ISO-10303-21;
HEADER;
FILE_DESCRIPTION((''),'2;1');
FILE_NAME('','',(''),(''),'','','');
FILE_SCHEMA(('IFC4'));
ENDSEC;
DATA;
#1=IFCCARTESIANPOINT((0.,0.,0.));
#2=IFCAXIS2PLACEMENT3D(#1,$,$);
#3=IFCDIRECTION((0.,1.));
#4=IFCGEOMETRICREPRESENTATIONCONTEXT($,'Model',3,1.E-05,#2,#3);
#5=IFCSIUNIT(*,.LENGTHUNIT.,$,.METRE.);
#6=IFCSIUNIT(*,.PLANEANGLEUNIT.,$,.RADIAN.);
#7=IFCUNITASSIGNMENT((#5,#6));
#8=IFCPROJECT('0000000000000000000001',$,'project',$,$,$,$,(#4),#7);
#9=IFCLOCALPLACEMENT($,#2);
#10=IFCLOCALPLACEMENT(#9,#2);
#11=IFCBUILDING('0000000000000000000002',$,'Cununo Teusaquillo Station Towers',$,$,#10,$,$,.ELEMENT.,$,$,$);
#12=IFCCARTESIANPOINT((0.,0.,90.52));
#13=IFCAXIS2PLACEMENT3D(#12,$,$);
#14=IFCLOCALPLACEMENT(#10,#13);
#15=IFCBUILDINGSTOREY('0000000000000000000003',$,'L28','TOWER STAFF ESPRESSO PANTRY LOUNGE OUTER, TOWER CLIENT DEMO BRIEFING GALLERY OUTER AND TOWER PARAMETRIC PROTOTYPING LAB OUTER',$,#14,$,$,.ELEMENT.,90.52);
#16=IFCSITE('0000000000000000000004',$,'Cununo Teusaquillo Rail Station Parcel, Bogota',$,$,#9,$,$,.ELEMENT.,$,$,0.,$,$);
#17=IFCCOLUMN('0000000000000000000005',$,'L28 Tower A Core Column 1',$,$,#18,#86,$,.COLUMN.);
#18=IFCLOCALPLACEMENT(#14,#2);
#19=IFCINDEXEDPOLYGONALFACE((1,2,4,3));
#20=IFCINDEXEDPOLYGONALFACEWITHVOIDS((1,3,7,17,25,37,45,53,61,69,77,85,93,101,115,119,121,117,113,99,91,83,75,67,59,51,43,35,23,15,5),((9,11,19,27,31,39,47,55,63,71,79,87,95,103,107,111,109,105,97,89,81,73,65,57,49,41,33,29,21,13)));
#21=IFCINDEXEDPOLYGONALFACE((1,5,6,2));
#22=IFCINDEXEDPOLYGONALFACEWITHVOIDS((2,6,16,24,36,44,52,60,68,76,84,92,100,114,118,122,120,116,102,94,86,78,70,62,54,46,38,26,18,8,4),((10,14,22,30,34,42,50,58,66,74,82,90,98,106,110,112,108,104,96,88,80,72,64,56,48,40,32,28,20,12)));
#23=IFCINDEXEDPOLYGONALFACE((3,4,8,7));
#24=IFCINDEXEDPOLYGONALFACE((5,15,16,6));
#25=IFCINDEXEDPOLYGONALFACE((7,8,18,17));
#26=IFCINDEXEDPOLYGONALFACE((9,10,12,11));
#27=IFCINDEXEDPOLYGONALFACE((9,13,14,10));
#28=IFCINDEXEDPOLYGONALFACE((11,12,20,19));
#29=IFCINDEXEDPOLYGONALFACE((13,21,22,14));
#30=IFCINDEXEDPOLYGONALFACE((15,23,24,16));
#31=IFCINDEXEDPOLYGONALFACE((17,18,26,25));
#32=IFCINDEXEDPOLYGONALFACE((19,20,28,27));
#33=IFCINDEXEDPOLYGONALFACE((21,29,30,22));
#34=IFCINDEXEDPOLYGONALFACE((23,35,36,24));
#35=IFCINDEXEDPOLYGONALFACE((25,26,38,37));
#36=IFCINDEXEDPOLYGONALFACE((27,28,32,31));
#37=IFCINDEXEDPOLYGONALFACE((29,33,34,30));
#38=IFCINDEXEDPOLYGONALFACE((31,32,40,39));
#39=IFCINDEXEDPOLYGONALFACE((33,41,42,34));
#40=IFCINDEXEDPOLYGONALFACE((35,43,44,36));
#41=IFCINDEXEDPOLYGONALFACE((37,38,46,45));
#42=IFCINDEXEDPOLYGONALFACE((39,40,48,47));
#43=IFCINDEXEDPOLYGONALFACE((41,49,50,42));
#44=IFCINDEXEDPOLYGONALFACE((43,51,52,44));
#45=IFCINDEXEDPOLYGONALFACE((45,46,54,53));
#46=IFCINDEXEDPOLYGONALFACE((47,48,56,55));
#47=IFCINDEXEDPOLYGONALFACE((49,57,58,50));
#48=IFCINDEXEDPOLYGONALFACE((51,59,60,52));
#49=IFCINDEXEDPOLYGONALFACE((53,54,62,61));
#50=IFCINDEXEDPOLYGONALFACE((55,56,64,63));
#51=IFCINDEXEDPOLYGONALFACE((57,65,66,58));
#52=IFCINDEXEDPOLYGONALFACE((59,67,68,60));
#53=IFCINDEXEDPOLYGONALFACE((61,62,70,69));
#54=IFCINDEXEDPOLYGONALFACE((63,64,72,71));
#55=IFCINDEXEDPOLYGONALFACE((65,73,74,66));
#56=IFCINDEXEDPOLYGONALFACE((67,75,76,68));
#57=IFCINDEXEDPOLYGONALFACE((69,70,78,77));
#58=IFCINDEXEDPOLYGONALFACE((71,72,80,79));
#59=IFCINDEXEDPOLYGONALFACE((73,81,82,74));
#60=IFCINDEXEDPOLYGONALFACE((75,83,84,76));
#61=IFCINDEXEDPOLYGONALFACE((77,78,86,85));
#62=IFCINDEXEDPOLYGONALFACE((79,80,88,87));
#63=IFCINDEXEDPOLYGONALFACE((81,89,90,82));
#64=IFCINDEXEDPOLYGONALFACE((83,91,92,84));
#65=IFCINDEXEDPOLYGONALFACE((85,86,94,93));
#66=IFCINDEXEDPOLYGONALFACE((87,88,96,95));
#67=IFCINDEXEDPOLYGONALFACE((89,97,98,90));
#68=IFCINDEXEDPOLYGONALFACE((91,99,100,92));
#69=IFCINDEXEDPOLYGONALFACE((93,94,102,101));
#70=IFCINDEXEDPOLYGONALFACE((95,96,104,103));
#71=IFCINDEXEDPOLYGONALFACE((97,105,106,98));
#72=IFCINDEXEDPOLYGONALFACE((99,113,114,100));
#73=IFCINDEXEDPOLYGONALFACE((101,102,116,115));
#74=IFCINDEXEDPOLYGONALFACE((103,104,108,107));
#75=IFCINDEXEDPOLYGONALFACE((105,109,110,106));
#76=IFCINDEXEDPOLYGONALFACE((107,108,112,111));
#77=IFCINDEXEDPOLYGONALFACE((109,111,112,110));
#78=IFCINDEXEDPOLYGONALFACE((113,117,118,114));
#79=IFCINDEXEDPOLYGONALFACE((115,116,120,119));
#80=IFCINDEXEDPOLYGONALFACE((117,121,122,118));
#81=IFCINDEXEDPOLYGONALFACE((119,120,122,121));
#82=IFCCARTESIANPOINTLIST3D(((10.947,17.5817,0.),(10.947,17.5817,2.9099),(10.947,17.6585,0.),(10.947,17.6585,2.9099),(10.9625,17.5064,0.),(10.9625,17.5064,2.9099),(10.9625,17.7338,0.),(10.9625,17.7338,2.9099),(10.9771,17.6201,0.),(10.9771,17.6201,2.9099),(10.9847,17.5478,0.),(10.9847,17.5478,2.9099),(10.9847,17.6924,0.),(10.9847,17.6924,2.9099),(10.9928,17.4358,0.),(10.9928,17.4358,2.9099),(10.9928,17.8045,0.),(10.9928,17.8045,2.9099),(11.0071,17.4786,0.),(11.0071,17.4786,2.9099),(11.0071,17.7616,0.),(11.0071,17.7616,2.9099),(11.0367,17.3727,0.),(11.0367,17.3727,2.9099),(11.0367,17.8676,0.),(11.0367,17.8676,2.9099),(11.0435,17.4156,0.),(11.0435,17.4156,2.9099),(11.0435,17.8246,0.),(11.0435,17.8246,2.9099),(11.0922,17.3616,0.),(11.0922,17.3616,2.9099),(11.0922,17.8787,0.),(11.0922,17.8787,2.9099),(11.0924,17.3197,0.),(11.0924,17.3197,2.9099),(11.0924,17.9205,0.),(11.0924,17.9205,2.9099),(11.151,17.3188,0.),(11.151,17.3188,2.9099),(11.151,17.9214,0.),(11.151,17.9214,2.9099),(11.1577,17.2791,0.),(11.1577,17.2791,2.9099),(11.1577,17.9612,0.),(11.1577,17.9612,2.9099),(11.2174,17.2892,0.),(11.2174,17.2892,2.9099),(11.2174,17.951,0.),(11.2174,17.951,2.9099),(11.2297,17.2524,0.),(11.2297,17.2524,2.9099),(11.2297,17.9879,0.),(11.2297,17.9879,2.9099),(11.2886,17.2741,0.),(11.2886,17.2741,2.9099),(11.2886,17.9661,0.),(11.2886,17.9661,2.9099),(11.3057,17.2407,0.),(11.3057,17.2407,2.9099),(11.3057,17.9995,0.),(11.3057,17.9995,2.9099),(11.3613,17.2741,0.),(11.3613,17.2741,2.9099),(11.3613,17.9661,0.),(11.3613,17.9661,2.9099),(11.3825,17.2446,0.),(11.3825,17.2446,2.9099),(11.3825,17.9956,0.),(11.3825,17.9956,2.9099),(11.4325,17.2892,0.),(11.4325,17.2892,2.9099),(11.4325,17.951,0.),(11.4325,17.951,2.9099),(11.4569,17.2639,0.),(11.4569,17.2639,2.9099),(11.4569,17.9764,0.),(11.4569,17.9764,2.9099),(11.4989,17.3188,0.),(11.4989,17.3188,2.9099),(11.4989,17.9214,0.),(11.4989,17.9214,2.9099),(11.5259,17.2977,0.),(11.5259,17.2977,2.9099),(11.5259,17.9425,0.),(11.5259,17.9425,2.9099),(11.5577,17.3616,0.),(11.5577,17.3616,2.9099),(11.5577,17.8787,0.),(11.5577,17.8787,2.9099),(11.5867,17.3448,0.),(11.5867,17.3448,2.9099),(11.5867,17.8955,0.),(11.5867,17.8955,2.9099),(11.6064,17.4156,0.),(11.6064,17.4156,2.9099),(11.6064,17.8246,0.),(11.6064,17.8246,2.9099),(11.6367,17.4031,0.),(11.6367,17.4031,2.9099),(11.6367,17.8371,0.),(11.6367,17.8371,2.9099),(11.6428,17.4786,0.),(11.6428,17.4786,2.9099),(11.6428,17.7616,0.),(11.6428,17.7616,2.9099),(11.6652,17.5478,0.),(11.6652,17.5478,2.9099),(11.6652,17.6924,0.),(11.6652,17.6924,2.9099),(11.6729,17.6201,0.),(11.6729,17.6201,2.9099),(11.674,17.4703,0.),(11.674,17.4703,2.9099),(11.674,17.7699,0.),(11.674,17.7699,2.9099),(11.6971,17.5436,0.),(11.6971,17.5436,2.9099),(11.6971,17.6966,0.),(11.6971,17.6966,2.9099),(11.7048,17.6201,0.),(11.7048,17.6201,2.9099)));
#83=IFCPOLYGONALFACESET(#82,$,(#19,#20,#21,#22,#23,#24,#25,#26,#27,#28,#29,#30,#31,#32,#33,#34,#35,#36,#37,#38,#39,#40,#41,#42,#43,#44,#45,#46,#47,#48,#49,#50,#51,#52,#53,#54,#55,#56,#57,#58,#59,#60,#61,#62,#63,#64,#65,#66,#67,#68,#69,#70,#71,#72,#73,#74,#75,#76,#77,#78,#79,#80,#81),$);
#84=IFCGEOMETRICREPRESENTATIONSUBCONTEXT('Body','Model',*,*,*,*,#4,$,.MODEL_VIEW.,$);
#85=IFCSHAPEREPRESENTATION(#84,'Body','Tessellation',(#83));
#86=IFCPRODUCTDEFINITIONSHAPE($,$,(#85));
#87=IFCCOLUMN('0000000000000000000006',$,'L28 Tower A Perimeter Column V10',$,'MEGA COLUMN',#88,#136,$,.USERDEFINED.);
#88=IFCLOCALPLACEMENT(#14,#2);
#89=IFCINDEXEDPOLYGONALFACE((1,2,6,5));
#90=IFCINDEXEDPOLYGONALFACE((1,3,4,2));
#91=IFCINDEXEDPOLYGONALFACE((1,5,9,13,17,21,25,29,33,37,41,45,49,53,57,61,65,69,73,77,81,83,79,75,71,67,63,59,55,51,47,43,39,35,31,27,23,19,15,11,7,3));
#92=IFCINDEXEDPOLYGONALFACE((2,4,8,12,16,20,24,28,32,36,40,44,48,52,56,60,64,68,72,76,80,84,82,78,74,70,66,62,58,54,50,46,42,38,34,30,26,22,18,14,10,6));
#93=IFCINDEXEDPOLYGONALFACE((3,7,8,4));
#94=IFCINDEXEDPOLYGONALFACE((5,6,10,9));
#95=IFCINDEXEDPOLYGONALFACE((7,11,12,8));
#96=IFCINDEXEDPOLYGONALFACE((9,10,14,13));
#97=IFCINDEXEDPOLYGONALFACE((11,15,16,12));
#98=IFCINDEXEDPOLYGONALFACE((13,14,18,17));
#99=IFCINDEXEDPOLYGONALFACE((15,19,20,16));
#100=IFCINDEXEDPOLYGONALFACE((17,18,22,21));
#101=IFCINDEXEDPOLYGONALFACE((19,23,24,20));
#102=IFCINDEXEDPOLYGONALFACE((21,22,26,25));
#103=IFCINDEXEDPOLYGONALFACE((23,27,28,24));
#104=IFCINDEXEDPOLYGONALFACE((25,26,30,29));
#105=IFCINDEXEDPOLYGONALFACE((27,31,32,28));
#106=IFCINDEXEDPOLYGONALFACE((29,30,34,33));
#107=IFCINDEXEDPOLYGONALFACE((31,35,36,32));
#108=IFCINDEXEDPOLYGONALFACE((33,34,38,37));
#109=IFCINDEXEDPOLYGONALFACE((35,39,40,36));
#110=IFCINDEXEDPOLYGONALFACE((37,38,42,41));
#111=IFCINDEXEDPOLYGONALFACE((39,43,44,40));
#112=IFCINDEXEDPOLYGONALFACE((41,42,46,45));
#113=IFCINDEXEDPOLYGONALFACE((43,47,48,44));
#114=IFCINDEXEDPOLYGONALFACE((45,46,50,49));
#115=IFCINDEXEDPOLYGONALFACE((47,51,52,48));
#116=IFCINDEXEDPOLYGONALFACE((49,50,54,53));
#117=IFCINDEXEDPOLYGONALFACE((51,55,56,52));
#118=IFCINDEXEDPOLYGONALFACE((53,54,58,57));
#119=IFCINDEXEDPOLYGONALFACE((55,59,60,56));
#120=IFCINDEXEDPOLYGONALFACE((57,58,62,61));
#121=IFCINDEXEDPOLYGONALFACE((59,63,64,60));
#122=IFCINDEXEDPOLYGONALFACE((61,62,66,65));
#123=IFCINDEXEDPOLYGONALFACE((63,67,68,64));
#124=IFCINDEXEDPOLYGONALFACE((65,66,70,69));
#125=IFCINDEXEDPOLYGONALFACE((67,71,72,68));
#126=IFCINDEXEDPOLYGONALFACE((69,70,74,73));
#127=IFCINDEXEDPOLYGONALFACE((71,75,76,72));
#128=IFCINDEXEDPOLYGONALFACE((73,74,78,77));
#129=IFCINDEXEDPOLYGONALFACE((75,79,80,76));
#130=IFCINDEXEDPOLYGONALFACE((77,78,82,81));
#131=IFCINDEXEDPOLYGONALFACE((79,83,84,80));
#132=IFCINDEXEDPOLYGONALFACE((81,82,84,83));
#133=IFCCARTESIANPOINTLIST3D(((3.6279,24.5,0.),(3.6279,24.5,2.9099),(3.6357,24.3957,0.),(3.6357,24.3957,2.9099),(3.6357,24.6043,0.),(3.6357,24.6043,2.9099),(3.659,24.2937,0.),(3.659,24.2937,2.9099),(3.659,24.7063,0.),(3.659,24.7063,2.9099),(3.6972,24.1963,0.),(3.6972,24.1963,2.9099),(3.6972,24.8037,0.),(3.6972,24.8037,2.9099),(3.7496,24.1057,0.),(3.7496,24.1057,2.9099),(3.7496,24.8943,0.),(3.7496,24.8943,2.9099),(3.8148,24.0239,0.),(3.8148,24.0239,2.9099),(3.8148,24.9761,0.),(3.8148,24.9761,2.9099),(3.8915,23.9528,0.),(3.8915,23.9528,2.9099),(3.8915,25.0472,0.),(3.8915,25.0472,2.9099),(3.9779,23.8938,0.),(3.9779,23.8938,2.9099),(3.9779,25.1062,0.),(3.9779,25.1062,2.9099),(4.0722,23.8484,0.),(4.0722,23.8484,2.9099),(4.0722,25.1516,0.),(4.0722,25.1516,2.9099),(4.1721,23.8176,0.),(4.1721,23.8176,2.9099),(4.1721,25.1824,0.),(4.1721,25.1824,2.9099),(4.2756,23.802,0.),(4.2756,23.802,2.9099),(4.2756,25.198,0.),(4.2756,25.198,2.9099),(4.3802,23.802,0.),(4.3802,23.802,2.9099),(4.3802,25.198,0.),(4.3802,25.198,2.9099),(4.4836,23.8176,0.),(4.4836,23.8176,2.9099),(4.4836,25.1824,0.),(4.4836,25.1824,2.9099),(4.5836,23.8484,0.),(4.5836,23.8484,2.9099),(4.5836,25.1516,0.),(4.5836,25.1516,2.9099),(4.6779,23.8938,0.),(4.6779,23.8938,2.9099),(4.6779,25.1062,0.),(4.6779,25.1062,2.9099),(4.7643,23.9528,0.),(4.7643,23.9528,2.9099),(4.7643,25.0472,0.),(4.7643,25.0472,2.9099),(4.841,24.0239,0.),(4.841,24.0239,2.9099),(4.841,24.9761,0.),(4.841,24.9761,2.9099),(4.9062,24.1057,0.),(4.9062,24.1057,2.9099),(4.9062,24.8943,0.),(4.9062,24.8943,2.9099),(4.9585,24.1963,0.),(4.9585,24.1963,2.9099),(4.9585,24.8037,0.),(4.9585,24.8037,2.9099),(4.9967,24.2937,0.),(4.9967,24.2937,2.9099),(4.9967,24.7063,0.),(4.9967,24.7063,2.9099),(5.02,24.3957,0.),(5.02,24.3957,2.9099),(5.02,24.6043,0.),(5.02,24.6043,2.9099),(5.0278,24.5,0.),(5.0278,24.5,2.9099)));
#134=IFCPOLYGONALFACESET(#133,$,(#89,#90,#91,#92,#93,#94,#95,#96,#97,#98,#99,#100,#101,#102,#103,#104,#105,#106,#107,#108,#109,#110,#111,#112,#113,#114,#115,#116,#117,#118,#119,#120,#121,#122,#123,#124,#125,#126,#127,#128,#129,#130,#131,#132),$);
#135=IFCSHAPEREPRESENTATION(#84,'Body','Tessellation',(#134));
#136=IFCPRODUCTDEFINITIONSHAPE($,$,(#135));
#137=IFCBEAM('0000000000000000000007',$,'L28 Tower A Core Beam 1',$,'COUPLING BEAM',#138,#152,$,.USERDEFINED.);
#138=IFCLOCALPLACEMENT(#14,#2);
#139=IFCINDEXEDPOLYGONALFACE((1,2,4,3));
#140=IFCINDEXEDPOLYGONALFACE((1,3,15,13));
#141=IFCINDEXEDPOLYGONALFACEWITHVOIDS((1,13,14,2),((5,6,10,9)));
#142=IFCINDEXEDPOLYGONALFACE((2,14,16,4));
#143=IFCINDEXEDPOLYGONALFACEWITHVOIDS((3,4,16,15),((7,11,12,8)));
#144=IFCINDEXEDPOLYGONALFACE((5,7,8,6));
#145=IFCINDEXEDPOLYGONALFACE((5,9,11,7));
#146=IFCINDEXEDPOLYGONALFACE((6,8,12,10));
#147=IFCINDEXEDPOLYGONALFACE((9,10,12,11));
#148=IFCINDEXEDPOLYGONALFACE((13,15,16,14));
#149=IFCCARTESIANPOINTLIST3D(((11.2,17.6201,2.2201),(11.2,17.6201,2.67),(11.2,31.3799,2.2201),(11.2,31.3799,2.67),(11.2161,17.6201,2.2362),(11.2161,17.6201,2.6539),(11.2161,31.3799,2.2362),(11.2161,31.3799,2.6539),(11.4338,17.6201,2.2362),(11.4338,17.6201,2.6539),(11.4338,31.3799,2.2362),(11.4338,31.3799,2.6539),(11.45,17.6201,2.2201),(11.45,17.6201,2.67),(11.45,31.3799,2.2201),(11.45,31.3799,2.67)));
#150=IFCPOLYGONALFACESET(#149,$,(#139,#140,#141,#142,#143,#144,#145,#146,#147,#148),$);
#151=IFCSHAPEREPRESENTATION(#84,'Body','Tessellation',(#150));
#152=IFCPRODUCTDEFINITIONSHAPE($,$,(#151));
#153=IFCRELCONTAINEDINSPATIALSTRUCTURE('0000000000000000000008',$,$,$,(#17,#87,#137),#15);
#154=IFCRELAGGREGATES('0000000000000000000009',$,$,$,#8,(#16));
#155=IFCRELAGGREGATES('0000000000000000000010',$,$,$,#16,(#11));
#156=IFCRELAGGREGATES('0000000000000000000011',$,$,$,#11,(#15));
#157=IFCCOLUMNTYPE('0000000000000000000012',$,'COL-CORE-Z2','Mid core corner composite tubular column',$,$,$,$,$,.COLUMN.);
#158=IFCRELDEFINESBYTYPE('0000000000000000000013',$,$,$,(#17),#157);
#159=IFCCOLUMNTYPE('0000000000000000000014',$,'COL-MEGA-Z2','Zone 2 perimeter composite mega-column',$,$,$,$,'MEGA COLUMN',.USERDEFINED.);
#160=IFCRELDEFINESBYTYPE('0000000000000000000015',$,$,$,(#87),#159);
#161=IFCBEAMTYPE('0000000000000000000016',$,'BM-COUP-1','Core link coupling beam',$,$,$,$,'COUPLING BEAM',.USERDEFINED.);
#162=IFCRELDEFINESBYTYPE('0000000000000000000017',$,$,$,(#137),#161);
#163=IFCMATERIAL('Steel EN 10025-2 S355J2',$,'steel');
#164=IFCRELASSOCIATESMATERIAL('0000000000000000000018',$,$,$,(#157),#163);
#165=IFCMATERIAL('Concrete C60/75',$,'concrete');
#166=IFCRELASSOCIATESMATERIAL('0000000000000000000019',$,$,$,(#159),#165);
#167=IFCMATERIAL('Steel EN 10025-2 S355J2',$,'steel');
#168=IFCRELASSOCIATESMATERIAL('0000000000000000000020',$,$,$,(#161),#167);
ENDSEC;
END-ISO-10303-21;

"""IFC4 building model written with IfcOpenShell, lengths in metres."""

from ifc_helpers import new_model, si_unit, direction, frame, origin, origin_2d, place, context, subcontext, project, spatial, hollow_rectangle, circle, hollow_circle, extrude, material, material_profile, profile_set, type_object, element, save


model = new_model("IFC4")

# Units and contexts
model_context = context("Model", 3, precision=1e-05, world=origin(), true_north=direction((0.0, 1.0)))
body_context = subcontext(model_context, "Body", "Model", "MODEL_VIEW")
ifc_project = project(units=[si_unit("LENGTHUNIT", "METRE"), si_unit("PLANEANGLEUNIT", "RADIAN")], contexts=[model_context])

# Site, building, storey
site_placement = place(None, origin())
site = spatial("IfcSite", under=ifc_project, at=site_placement, Name="Cununo Teusaquillo Rail Station Parcel, Bogota", CompositionType="ELEMENT", RefElevation=0.0)
building_placement = place(site_placement, origin())
building = spatial("IfcBuilding", under=site, at=building_placement, Name="Cununo Teusaquillo Station Towers", CompositionType="ELEMENT")
storey_placement = place(building_placement, frame((0.0, 0.0, 90.52)))
storey = spatial("IfcBuildingStorey", under=building, at=storey_placement, Name="L28", Description="TOWER STAFF ESPRESSO PANTRY LOUNGE OUTER, TOWER CLIENT DEMO BRIEFING GALLERY OUTER AND TOWER PARAMETRIC PROTOTYPING LAB OUTER", CompositionType="ELEMENT", Elevation=90.52)

# Columns
ifc_material_1 = material(Name="Steel EN 10025-2 S355J2", Category="steel")
ifc_material_profile_1 = material_profile(ifc_material_1, hollow_circle(Radius=0.3799, WallThickness=0.032, at=origin_2d()), Name="CHS 760x32")
ifc_profile_set_1 = profile_set([ifc_material_profile_1], Name="Steel EN 10025-2 S355J2")
column_type_1 = type_object("IfcColumnType", Name="COL-CORE-Z2", Description="Mid core corner composite tubular column", PredefinedType="COLUMN", material=ifc_profile_set_1)
column_1_placement = place(storey_placement, frame((11.325, 17.6201, 0.0), z_axis=(0.0, 0.0, 1.0), x_axis=(1.0, 0.0, 0.0)))
element("IfcColumn", 1, at=column_1_placement, inside=storey, type_object=column_type_1, Name="L28 Tower A Core Column 1", PredefinedType="COLUMN", context=body_context, shape_type="SweptSolid", body=[
    extrude(hollow_circle(Radius=0.3799, WallThickness=0.032, at=origin_2d()), origin(), (0.0, 0.0, 1.0), 2.9099),
])
ifc_material_2 = material(Name="Concrete C60/75", Category="concrete")
ifc_material_profile_2 = material_profile(ifc_material_2, circle(Radius=0.7, at=origin_2d()), Name="RC-CIRC-1400")
ifc_profile_set_2 = profile_set([ifc_material_profile_2], Name="Concrete C60/75")
column_type_2 = type_object("IfcColumnType", Name="COL-MEGA-Z2", Description="Zone 2 perimeter composite mega-column", ElementType="MEGA COLUMN", PredefinedType="USERDEFINED", material=ifc_profile_set_2)
column_2_placement = place(storey_placement, frame((4.3279, 24.5, 0.0), z_axis=(0.0, 0.0, 1.0), x_axis=(1.0, 0.0, 0.0)))
element("IfcColumn", 2, at=column_2_placement, inside=storey, type_object=column_type_2, Name="L28 Tower A Perimeter Column V10", ObjectType="MEGA COLUMN", PredefinedType="USERDEFINED", context=body_context, shape_type="SweptSolid", body=[
    extrude(circle(Radius=0.7, at=origin_2d()), origin(), (0.0, 0.0, 1.0), 2.9099),
])

# Beam
ifc_material_3 = material(Name="Steel EN 10025-2 S355J2", Category="steel")
ifc_material_profile_3 = material_profile(ifc_material_3, hollow_rectangle(XDim=0.25, YDim=0.45, WallThickness=0.0161, at=origin_2d()), Name="RHS 450x250x16")
ifc_profile_set_3 = profile_set([ifc_material_profile_3], Name="Steel EN 10025-2 S355J2")
beam_type_1 = type_object("IfcBeamType", Name="BM-COUP-1", Description="Core link coupling beam", ElementType="COUPLING BEAM", PredefinedType="USERDEFINED", material=ifc_profile_set_3)
beam_1_placement = place(storey_placement, frame((11.325, 17.6201, 2.4451), z_axis=(0.0, 1.0, 0.0), x_axis=(-1.0, 0.0, 0.0)))
element("IfcBeam", 3, at=beam_1_placement, inside=storey, type_object=beam_type_1, Name="L28 Tower A Core Beam 1", ObjectType="COUPLING BEAM", PredefinedType="USERDEFINED", context=body_context, shape_type="SweptSolid", body=[
    extrude(hollow_rectangle(XDim=0.25, YDim=0.45, WallThickness=0.0161, at=origin_2d()), origin(), (0.0, 0.0, 1.0), 13.7598),
])

save(model, "model.ifc")
